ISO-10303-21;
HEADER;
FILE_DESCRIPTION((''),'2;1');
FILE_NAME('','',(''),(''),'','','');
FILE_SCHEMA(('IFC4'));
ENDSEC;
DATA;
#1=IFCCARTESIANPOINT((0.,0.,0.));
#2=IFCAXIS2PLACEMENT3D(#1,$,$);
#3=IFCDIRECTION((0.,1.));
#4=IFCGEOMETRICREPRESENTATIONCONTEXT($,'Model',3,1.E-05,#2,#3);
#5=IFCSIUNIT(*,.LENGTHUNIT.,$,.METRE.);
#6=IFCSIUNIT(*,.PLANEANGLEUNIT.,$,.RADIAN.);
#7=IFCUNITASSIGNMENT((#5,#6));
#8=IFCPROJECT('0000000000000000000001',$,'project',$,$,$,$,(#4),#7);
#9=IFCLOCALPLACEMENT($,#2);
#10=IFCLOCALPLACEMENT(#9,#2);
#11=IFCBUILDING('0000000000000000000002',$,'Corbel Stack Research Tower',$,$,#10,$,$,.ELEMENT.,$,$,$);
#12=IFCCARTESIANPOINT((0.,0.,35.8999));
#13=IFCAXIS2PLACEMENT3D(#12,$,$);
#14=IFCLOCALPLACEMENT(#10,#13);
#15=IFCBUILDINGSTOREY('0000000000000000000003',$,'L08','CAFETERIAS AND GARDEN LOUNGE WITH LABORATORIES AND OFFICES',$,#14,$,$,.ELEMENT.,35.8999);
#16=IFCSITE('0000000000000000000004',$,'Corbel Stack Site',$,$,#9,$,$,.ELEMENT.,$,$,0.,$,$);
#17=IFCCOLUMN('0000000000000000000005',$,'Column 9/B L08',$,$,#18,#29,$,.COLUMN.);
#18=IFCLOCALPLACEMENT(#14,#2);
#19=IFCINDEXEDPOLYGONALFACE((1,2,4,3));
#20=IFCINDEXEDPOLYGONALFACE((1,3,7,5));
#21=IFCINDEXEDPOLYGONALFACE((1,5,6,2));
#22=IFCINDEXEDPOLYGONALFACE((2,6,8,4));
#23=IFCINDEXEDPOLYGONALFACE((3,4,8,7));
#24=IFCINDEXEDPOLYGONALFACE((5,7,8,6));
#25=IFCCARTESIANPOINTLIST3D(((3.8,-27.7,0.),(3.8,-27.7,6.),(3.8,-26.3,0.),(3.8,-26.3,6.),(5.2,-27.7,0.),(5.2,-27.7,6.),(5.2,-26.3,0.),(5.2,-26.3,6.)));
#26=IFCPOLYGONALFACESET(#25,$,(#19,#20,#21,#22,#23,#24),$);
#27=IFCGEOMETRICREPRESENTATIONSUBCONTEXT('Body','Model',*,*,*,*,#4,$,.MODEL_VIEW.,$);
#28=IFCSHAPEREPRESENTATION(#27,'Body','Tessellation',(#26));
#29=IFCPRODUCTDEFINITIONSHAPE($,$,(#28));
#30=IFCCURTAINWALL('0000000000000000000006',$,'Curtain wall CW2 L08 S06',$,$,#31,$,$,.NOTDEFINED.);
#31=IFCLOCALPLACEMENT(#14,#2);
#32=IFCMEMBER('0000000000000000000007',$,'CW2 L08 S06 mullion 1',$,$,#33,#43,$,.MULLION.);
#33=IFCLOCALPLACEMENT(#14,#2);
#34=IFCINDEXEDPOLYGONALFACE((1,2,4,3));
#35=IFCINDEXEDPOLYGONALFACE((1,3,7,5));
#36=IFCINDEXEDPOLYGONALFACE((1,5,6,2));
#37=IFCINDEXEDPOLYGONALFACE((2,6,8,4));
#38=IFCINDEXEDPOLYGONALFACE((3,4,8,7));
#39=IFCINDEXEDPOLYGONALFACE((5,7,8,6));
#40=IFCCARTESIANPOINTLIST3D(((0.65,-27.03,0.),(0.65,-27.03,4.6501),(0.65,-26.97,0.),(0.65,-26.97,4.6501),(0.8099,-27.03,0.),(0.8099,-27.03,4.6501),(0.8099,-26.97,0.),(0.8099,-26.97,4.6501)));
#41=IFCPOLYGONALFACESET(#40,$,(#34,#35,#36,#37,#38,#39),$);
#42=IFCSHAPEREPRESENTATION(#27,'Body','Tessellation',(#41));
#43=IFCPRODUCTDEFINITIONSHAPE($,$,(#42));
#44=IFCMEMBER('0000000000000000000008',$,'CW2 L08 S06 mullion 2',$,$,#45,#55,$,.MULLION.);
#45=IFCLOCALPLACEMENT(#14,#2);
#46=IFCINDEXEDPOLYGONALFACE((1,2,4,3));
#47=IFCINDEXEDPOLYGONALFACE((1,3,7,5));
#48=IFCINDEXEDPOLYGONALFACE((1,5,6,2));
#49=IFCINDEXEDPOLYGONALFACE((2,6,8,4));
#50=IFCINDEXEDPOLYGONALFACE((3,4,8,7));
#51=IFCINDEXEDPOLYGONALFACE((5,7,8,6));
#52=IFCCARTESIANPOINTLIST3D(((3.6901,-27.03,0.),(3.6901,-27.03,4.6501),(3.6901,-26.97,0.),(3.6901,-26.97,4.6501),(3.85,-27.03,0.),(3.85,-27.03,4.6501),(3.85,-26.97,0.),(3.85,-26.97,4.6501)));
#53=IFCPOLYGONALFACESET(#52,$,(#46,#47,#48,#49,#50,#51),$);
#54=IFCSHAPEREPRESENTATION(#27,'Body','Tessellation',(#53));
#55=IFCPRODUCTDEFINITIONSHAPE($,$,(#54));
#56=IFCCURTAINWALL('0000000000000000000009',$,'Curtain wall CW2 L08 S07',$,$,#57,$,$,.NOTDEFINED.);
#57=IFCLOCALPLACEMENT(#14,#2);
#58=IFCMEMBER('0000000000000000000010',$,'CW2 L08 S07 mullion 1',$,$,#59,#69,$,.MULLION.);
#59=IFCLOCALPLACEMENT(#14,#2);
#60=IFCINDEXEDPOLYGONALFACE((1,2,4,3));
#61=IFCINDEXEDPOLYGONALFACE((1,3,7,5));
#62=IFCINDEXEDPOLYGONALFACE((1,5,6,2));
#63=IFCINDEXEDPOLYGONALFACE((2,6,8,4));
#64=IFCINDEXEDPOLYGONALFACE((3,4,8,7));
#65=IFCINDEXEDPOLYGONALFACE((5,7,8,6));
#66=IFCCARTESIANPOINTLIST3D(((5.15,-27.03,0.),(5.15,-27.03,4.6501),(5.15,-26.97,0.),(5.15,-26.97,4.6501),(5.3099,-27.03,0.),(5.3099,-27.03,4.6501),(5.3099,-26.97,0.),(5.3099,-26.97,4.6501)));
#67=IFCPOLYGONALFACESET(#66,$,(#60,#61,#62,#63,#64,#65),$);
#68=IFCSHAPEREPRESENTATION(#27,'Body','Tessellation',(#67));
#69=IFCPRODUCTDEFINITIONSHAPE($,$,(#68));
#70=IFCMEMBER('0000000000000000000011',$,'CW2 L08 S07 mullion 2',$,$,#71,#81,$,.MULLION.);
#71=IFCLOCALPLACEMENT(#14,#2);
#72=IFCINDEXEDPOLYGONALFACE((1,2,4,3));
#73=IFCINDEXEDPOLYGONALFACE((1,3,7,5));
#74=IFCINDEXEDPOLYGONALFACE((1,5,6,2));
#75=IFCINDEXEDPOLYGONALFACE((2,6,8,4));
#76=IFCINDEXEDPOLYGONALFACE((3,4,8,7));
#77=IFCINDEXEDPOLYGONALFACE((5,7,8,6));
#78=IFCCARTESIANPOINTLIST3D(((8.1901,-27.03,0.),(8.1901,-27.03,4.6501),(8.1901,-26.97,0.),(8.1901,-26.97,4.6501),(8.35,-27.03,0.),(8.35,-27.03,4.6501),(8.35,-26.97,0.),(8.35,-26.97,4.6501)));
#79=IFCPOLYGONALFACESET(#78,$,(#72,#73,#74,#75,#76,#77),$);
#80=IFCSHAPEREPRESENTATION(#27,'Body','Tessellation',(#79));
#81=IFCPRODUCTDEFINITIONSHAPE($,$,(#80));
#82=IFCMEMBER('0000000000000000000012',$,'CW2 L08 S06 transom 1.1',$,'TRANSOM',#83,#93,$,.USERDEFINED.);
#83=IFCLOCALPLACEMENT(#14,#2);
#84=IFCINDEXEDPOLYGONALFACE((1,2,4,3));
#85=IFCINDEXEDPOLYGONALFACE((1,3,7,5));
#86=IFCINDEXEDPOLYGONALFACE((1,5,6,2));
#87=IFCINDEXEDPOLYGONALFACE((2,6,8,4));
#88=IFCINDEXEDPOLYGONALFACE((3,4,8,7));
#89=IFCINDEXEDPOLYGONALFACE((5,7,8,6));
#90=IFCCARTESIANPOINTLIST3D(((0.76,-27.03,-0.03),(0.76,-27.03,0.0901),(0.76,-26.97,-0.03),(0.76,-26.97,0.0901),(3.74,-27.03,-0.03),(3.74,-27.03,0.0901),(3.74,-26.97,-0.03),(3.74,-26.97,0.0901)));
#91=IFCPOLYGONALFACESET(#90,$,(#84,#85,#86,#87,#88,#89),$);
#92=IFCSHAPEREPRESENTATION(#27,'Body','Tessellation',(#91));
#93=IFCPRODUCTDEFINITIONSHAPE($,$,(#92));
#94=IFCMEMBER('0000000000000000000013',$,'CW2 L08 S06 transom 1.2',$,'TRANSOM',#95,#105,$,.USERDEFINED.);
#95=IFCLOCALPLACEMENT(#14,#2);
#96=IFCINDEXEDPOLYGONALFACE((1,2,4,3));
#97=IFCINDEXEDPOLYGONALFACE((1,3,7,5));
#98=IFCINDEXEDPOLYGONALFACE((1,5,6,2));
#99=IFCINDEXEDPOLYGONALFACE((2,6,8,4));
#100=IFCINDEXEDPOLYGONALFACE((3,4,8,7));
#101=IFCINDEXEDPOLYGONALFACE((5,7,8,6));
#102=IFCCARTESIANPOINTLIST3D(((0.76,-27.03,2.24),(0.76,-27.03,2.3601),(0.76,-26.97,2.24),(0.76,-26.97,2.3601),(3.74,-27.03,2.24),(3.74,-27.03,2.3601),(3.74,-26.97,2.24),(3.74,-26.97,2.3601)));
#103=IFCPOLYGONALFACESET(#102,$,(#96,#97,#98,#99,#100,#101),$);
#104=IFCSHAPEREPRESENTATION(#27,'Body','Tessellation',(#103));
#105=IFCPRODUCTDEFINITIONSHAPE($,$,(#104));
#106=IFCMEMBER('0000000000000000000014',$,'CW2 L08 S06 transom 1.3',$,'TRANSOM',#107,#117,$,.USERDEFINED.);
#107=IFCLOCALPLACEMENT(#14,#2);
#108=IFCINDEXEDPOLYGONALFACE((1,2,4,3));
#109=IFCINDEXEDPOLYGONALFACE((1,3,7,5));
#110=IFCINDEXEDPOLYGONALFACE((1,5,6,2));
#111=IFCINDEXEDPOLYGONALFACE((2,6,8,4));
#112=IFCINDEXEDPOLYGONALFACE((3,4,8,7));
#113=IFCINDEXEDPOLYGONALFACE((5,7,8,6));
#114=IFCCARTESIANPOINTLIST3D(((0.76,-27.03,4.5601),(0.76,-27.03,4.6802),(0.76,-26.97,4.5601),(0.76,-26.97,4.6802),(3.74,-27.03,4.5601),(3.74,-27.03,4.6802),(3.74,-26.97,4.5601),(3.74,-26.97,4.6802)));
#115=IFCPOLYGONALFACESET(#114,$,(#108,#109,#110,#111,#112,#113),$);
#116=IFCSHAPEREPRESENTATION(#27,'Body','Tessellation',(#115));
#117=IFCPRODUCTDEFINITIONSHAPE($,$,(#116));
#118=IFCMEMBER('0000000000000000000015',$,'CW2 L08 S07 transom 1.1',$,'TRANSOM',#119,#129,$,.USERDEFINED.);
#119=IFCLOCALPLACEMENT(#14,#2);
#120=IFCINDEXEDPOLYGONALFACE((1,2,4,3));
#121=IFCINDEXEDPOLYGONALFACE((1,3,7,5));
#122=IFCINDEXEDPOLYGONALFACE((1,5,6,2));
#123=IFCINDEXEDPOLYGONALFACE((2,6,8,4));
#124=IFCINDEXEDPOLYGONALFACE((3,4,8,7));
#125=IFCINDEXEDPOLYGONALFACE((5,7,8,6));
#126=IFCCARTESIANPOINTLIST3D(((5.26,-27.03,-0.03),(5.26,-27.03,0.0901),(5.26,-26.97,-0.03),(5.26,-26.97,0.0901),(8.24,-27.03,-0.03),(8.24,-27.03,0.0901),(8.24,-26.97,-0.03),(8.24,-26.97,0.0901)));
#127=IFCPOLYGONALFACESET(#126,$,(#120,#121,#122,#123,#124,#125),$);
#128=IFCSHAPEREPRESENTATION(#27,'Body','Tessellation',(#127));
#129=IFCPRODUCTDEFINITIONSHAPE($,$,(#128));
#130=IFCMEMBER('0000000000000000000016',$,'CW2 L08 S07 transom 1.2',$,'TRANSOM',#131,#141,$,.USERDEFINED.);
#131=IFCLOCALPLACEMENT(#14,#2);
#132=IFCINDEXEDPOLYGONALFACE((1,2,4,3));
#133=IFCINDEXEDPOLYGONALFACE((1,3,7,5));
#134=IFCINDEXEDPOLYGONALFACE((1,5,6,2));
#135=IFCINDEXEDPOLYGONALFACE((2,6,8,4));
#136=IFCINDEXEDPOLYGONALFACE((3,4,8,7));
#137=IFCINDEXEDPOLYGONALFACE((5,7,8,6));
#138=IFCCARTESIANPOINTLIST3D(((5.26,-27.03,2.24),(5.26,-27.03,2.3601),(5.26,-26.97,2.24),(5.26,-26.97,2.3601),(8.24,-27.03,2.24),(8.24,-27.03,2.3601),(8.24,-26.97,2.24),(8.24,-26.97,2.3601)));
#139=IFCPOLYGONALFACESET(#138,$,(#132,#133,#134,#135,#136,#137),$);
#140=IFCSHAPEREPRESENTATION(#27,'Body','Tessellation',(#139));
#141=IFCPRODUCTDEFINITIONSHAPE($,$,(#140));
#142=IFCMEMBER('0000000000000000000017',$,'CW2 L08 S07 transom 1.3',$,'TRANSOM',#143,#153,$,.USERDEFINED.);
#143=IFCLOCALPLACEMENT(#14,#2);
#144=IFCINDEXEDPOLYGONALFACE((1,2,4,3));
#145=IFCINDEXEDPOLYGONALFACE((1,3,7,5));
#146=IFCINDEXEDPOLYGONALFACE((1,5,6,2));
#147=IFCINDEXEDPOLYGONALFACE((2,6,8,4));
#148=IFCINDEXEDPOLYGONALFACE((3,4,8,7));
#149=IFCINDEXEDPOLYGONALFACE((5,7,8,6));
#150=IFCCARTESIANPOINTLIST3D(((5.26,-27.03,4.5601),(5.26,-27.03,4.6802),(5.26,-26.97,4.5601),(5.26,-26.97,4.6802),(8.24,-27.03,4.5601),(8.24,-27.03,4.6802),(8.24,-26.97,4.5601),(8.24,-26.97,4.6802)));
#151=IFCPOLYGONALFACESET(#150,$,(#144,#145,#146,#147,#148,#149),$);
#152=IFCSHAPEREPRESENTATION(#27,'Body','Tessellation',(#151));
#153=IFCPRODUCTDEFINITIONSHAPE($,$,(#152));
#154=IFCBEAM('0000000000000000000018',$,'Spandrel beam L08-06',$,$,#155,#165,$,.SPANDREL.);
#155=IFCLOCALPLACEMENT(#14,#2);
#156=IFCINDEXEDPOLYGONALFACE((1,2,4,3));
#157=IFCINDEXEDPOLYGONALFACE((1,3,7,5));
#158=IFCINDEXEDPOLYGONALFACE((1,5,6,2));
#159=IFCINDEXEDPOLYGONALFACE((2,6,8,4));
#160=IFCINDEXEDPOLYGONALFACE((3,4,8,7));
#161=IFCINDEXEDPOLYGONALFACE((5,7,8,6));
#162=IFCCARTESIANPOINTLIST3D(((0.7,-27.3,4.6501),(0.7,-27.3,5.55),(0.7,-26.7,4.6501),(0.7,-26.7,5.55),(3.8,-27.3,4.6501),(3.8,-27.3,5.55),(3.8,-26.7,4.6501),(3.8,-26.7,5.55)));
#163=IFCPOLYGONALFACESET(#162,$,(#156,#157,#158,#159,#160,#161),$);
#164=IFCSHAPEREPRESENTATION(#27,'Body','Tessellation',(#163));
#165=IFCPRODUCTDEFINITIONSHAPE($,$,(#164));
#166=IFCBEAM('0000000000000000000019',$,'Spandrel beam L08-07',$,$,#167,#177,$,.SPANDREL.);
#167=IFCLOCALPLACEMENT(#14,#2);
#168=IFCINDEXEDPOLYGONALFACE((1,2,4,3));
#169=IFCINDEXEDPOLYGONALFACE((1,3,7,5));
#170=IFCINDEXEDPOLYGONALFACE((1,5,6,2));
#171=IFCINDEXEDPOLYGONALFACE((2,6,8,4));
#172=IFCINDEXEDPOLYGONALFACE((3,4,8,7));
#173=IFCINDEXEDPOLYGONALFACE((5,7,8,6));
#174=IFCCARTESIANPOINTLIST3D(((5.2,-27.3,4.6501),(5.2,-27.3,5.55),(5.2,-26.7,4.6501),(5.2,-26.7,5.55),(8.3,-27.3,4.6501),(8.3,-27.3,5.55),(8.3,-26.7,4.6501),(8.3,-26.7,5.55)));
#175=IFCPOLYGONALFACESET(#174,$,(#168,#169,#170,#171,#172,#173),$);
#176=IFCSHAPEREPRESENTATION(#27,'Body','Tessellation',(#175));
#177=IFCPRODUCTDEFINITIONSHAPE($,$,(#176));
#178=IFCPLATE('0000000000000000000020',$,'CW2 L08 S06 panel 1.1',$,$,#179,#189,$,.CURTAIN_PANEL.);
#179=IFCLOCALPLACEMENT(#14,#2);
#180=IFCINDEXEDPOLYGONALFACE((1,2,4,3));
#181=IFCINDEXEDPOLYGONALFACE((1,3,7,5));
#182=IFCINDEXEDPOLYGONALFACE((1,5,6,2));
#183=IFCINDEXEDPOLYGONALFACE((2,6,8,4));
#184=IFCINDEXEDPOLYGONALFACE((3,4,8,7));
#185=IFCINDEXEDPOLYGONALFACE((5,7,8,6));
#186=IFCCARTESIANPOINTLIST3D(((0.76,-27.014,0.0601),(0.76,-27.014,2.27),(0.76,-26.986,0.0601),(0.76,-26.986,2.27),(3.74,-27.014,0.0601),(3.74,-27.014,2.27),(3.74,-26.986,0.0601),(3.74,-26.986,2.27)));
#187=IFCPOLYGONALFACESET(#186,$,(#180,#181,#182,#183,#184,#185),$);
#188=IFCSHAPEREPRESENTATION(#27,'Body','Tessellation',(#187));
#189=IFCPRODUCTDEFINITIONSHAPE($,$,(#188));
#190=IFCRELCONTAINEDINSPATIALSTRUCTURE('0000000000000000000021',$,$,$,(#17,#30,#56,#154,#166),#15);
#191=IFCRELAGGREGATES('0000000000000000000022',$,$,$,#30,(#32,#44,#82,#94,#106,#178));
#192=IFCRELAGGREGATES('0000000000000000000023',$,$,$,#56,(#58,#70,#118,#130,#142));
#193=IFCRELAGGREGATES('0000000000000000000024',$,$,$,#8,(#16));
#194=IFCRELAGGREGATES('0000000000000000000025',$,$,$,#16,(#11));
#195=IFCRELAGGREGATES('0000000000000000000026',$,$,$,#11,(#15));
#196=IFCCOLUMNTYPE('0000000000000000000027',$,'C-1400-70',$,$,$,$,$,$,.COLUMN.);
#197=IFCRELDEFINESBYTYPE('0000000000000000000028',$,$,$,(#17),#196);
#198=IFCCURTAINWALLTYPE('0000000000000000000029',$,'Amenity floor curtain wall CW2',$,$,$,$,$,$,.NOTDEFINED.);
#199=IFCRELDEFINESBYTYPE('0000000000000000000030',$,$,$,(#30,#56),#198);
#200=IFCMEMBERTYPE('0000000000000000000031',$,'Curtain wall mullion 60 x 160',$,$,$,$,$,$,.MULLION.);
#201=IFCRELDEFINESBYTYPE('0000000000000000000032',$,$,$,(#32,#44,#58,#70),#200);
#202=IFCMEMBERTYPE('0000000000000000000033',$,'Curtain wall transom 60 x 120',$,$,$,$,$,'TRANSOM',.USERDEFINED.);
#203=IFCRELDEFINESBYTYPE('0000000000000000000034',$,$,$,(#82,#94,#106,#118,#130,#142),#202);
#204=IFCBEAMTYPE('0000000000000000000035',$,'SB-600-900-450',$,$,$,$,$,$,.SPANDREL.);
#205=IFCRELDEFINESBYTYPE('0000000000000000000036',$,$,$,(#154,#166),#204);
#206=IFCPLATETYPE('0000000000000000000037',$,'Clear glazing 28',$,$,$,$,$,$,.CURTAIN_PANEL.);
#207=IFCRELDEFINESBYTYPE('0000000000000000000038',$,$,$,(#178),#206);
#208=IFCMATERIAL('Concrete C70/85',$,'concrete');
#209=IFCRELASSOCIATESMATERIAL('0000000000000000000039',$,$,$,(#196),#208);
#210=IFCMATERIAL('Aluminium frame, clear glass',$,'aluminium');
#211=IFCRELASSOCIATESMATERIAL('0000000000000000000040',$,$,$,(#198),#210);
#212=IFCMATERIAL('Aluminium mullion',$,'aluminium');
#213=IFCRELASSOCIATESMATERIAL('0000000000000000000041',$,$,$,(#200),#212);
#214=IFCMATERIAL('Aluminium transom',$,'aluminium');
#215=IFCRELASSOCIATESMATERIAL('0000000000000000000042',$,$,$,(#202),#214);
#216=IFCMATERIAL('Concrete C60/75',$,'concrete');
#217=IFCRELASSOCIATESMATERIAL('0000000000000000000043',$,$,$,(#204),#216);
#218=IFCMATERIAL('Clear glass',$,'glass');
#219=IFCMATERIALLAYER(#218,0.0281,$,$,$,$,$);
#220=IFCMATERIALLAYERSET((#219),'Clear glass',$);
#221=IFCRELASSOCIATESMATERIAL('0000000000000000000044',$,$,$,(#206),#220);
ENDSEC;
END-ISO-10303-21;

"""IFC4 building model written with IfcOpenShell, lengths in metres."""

from ifc_helpers import new_model, si_unit, direction, frame, origin, origin_2d, place, context, subcontext, project, spatial, rectangle, extrude, material, layer, layer_set, material_profile, profile_set, type_object, element, aggregate, save


model = new_model("IFC4")

# Units and contexts
model_context = context("Model", 3, precision=1e-05, world=origin(), true_north=direction((0.0, 1.0)))
body_context = subcontext(model_context, "Body", "Model", "MODEL_VIEW")
ifc_project = project(units=[si_unit("LENGTHUNIT", "METRE"), si_unit("PLANEANGLEUNIT", "RADIAN")], contexts=[model_context])

# Site, building, storey
site_placement = place(None, origin())
site = spatial("IfcSite", under=ifc_project, at=site_placement, Name="Corbel Stack Site", CompositionType="ELEMENT", RefElevation=0.0)
building_placement = place(site_placement, origin())
building = spatial("IfcBuilding", under=site, at=building_placement, Name="Corbel Stack Research Tower", CompositionType="ELEMENT")
storey_placement = place(building_placement, frame((0.0, 0.0, 35.8999)))
storey = spatial("IfcBuildingStorey", under=building, at=storey_placement, Name="L08", Description="CAFETERIAS AND GARDEN LOUNGE WITH LABORATORIES AND OFFICES", CompositionType="ELEMENT", Elevation=35.8999)

# Column
ifc_material_1 = material(Name="Concrete C70/85", Category="concrete")
ifc_material_profile_1 = material_profile(ifc_material_1, rectangle(XDim=1.3999, YDim=1.3999, at=origin_2d()), Name="RC 1400 x 1400")
ifc_profile_set_1 = profile_set([ifc_material_profile_1], Name="Concrete C70/85")
column_type = type_object("IfcColumnType", Name="C-1400-70", PredefinedType="COLUMN", material=ifc_profile_set_1)
column_placement = place(storey_placement, frame((4.5, -27.0, 0.0), z_axis=(0.0, 0.0, 1.0), x_axis=(1.0, 0.0, 0.0)))
element("IfcColumn", 1, at=column_placement, inside=storey, type_object=column_type, Name="Column 9/B L08", PredefinedType="COLUMN", context=body_context, shape_type="SweptSolid", body=[
    extrude(rectangle(XDim=1.3999, YDim=1.3999, at=origin_2d()), origin(), (0.0, 0.0, 1.0), 6.0),
])

# Curtain walls, members
ifc_material_2 = material(Name="Aluminium frame, clear glass", Category="aluminium")
curtain_wall_type = type_object("IfcCurtainWallType", Name="Amenity floor curtain wall CW2", PredefinedType="NOTDEFINED", material=ifc_material_2)
curtain_wall_1_placement = place(storey_placement, origin())
curtain_wall_1 = element("IfcCurtainWall", 2, at=curtain_wall_1_placement, inside=storey, type_object=curtain_wall_type, Name="Curtain wall CW2 L08 S06", PredefinedType="NOTDEFINED")
ifc_material_3 = material(Name="Aluminium mullion", Category="aluminium")
ifc_material_profile_2 = material_profile(ifc_material_3, rectangle(XDim=0.0601, YDim=0.1599, at=origin_2d()), Name="Mullion 60 x 160")
ifc_profile_set_2 = profile_set([ifc_material_profile_2], Name="Aluminium mullion")
member_type_1 = type_object("IfcMemberType", Name="Curtain wall mullion 60 x 160", PredefinedType="MULLION", material=ifc_profile_set_2)
member_1_placement = place(storey_placement, frame((0.73, -27.0, 0.0), z_axis=(0.0, 0.0, 1.0), x_axis=(0.0, 1.0, 0.0)))
member_1 = element("IfcMember", 3, at=member_1_placement, type_object=member_type_1, Name="CW2 L08 S06 mullion 1", PredefinedType="MULLION", context=body_context, shape_type="SweptSolid", body=[
    extrude(rectangle(XDim=0.0601, YDim=0.1599, at=origin_2d()), origin(), (0.0, 0.0, 1.0), 4.6501),
])
member_2_placement = place(storey_placement, frame((3.77, -27.0, 0.0), z_axis=(0.0, 0.0, 1.0), x_axis=(0.0, 1.0, 0.0)))
member_2 = element("IfcMember", 4, at=member_2_placement, type_object=member_type_1, Name="CW2 L08 S06 mullion 2", PredefinedType="MULLION", context=body_context, shape_type="SweptSolid", body=[
    extrude(rectangle(XDim=0.0601, YDim=0.1599, at=origin_2d()), origin(), (0.0, 0.0, 1.0), 4.6501),
])
curtain_wall_2_placement = place(storey_placement, origin())
curtain_wall_2 = element("IfcCurtainWall", 5, at=curtain_wall_2_placement, inside=storey, type_object=curtain_wall_type, Name="Curtain wall CW2 L08 S07", PredefinedType="NOTDEFINED")
member_3_placement = place(storey_placement, frame((5.23, -27.0, 0.0), z_axis=(0.0, 0.0, 1.0), x_axis=(0.0, 1.0, 0.0)))
member_3 = element("IfcMember", 6, at=member_3_placement, type_object=member_type_1, Name="CW2 L08 S07 mullion 1", PredefinedType="MULLION", context=body_context, shape_type="SweptSolid", body=[
    extrude(rectangle(XDim=0.0601, YDim=0.1599, at=origin_2d()), origin(), (0.0, 0.0, 1.0), 4.6501),
])
member_4_placement = place(storey_placement, frame((8.27, -27.0, 0.0), z_axis=(0.0, 0.0, 1.0), x_axis=(0.0, 1.0, 0.0)))
member_4 = element("IfcMember", 7, at=member_4_placement, type_object=member_type_1, Name="CW2 L08 S07 mullion 2", PredefinedType="MULLION", context=body_context, shape_type="SweptSolid", body=[
    extrude(rectangle(XDim=0.0601, YDim=0.1599, at=origin_2d()), origin(), (0.0, 0.0, 1.0), 4.6501),
])

# Members
ifc_material_4 = material(Name="Aluminium transom", Category="aluminium")
ifc_material_profile_3 = material_profile(ifc_material_4, rectangle(XDim=0.0601, YDim=0.1201, at=origin_2d()), Name="Transom 60 x 120")
ifc_profile_set_3 = profile_set([ifc_material_profile_3], Name="Aluminium transom")
member_type_2 = type_object("IfcMemberType", Name="Curtain wall transom 60 x 120", ElementType="TRANSOM", PredefinedType="USERDEFINED", material=ifc_profile_set_3)
member_5_placement = place(storey_placement, frame((0.76, -27.0, 0.03), z_axis=(1.0, 0.0, 0.0), x_axis=(0.0, 1.0, 0.0)))
member_5 = element("IfcMember", 8, at=member_5_placement, type_object=member_type_2, Name="CW2 L08 S06 transom 1.1", ObjectType="TRANSOM", PredefinedType="USERDEFINED", context=body_context, shape_type="SweptSolid", body=[
    extrude(rectangle(XDim=0.0601, YDim=0.1201, at=origin_2d()), origin(), (0.0, 0.0, 1.0), 2.98),
])
member_6_placement = place(storey_placement, frame((0.76, -27.0, 2.3), z_axis=(1.0, 0.0, 0.0), x_axis=(0.0, 1.0, 0.0)))
member_6 = element("IfcMember", 9, at=member_6_placement, type_object=member_type_2, Name="CW2 L08 S06 transom 1.2", ObjectType="TRANSOM", PredefinedType="USERDEFINED", context=body_context, shape_type="SweptSolid", body=[
    extrude(rectangle(XDim=0.0601, YDim=0.1201, at=origin_2d()), origin(), (0.0, 0.0, 1.0), 2.98),
])
member_7_placement = place(storey_placement, frame((0.76, -27.0, 4.6201), z_axis=(1.0, 0.0, 0.0), x_axis=(0.0, 1.0, 0.0)))
member_7 = element("IfcMember", 10, at=member_7_placement, type_object=member_type_2, Name="CW2 L08 S06 transom 1.3", ObjectType="TRANSOM", PredefinedType="USERDEFINED", context=body_context, shape_type="SweptSolid", body=[
    extrude(rectangle(XDim=0.0601, YDim=0.1201, at=origin_2d()), origin(), (0.0, 0.0, 1.0), 2.98),
])
member_8_placement = place(storey_placement, frame((5.26, -27.0, 0.03), z_axis=(1.0, 0.0, 0.0), x_axis=(0.0, 1.0, 0.0)))
member_8 = element("IfcMember", 11, at=member_8_placement, type_object=member_type_2, Name="CW2 L08 S07 transom 1.1", ObjectType="TRANSOM", PredefinedType="USERDEFINED", context=body_context, shape_type="SweptSolid", body=[
    extrude(rectangle(XDim=0.0601, YDim=0.1201, at=origin_2d()), origin(), (0.0, 0.0, 1.0), 2.98),
])
member_9_placement = place(storey_placement, frame((5.26, -27.0, 2.3), z_axis=(1.0, 0.0, 0.0), x_axis=(0.0, 1.0, 0.0)))
member_9 = element("IfcMember", 12, at=member_9_placement, type_object=member_type_2, Name="CW2 L08 S07 transom 1.2", ObjectType="TRANSOM", PredefinedType="USERDEFINED", context=body_context, shape_type="SweptSolid", body=[
    extrude(rectangle(XDim=0.0601, YDim=0.1201, at=origin_2d()), origin(), (0.0, 0.0, 1.0), 2.98),
])
member_10_placement = place(storey_placement, frame((5.26, -27.0, 4.6201), z_axis=(1.0, 0.0, 0.0), x_axis=(0.0, 1.0, 0.0)))
member_10 = element("IfcMember", 13, at=member_10_placement, type_object=member_type_2, Name="CW2 L08 S07 transom 1.3", ObjectType="TRANSOM", PredefinedType="USERDEFINED", context=body_context, shape_type="SweptSolid", body=[
    extrude(rectangle(XDim=0.0601, YDim=0.1201, at=origin_2d()), origin(), (0.0, 0.0, 1.0), 2.98),
])

# Beams
ifc_material_5 = material(Name="Concrete C60/75", Category="concrete")
ifc_material_profile_4 = material_profile(ifc_material_5, rectangle(XDim=0.6001, YDim=0.8999, at=origin_2d()), Name="RC 600 x 900")
ifc_profile_set_4 = profile_set([ifc_material_profile_4], Name="Concrete C60/75")
beam_type = type_object("IfcBeamType", Name="SB-600-900-450", PredefinedType="SPANDREL", material=ifc_profile_set_4)
for number, where, z_axis, x_axis, name in (
    (14, (0.7, -27.0, 5.1001), (1.0, 0.0, 0.0), (0.0, 1.0, 0.0), "Spandrel beam L08-06"),
    (15, (5.2, -27.0, 5.1001), (1.0, 0.0, 0.0), (0.0, 1.0, 0.0), "Spandrel beam L08-07"),
):
    element("IfcBeam", number, at=place(storey_placement, frame(where, z_axis=z_axis, x_axis=x_axis)), inside=storey, type_object=beam_type, Name=name, PredefinedType="SPANDREL", context=body_context, shape_type="SweptSolid", body=[
        extrude(rectangle(XDim=0.6001, YDim=0.8999, at=origin_2d()), origin(), (0.0, 0.0, 1.0), 3.1001),
    ])

# Plate
ifc_material_6 = material(Name="Clear glass", Category="glass")
ifc_layer = layer(ifc_material_6, 0.0281)
ifc_layer_set = layer_set([ifc_layer], Name="Clear glass")
plate_type = type_object("IfcPlateType", Name="Clear glazing 28", PredefinedType="CURTAIN_PANEL", material=ifc_layer_set)
plate_1_placement = place(storey_placement, frame((2.25, -27.0, 0.0601), z_axis=(0.0, 0.0, 1.0), x_axis=(1.0, 0.0, 0.0)))
plate_1 = element("IfcPlate", 16, at=plate_1_placement, type_object=plate_type, Name="CW2 L08 S06 panel 1.1", PredefinedType="CURTAIN_PANEL", context=body_context, shape_type="SweptSolid", body=[
    extrude(rectangle(XDim=2.98, YDim=0.0281, at=origin_2d()), origin(), (0.0, 0.0, 1.0), 2.21),
])
aggregate(curtain_wall_1, [member_1, member_2, member_5, member_6, member_7, plate_1])
aggregate(curtain_wall_2, [member_3, member_4, member_8, member_9, member_10])

save(model, "model.ifc")
